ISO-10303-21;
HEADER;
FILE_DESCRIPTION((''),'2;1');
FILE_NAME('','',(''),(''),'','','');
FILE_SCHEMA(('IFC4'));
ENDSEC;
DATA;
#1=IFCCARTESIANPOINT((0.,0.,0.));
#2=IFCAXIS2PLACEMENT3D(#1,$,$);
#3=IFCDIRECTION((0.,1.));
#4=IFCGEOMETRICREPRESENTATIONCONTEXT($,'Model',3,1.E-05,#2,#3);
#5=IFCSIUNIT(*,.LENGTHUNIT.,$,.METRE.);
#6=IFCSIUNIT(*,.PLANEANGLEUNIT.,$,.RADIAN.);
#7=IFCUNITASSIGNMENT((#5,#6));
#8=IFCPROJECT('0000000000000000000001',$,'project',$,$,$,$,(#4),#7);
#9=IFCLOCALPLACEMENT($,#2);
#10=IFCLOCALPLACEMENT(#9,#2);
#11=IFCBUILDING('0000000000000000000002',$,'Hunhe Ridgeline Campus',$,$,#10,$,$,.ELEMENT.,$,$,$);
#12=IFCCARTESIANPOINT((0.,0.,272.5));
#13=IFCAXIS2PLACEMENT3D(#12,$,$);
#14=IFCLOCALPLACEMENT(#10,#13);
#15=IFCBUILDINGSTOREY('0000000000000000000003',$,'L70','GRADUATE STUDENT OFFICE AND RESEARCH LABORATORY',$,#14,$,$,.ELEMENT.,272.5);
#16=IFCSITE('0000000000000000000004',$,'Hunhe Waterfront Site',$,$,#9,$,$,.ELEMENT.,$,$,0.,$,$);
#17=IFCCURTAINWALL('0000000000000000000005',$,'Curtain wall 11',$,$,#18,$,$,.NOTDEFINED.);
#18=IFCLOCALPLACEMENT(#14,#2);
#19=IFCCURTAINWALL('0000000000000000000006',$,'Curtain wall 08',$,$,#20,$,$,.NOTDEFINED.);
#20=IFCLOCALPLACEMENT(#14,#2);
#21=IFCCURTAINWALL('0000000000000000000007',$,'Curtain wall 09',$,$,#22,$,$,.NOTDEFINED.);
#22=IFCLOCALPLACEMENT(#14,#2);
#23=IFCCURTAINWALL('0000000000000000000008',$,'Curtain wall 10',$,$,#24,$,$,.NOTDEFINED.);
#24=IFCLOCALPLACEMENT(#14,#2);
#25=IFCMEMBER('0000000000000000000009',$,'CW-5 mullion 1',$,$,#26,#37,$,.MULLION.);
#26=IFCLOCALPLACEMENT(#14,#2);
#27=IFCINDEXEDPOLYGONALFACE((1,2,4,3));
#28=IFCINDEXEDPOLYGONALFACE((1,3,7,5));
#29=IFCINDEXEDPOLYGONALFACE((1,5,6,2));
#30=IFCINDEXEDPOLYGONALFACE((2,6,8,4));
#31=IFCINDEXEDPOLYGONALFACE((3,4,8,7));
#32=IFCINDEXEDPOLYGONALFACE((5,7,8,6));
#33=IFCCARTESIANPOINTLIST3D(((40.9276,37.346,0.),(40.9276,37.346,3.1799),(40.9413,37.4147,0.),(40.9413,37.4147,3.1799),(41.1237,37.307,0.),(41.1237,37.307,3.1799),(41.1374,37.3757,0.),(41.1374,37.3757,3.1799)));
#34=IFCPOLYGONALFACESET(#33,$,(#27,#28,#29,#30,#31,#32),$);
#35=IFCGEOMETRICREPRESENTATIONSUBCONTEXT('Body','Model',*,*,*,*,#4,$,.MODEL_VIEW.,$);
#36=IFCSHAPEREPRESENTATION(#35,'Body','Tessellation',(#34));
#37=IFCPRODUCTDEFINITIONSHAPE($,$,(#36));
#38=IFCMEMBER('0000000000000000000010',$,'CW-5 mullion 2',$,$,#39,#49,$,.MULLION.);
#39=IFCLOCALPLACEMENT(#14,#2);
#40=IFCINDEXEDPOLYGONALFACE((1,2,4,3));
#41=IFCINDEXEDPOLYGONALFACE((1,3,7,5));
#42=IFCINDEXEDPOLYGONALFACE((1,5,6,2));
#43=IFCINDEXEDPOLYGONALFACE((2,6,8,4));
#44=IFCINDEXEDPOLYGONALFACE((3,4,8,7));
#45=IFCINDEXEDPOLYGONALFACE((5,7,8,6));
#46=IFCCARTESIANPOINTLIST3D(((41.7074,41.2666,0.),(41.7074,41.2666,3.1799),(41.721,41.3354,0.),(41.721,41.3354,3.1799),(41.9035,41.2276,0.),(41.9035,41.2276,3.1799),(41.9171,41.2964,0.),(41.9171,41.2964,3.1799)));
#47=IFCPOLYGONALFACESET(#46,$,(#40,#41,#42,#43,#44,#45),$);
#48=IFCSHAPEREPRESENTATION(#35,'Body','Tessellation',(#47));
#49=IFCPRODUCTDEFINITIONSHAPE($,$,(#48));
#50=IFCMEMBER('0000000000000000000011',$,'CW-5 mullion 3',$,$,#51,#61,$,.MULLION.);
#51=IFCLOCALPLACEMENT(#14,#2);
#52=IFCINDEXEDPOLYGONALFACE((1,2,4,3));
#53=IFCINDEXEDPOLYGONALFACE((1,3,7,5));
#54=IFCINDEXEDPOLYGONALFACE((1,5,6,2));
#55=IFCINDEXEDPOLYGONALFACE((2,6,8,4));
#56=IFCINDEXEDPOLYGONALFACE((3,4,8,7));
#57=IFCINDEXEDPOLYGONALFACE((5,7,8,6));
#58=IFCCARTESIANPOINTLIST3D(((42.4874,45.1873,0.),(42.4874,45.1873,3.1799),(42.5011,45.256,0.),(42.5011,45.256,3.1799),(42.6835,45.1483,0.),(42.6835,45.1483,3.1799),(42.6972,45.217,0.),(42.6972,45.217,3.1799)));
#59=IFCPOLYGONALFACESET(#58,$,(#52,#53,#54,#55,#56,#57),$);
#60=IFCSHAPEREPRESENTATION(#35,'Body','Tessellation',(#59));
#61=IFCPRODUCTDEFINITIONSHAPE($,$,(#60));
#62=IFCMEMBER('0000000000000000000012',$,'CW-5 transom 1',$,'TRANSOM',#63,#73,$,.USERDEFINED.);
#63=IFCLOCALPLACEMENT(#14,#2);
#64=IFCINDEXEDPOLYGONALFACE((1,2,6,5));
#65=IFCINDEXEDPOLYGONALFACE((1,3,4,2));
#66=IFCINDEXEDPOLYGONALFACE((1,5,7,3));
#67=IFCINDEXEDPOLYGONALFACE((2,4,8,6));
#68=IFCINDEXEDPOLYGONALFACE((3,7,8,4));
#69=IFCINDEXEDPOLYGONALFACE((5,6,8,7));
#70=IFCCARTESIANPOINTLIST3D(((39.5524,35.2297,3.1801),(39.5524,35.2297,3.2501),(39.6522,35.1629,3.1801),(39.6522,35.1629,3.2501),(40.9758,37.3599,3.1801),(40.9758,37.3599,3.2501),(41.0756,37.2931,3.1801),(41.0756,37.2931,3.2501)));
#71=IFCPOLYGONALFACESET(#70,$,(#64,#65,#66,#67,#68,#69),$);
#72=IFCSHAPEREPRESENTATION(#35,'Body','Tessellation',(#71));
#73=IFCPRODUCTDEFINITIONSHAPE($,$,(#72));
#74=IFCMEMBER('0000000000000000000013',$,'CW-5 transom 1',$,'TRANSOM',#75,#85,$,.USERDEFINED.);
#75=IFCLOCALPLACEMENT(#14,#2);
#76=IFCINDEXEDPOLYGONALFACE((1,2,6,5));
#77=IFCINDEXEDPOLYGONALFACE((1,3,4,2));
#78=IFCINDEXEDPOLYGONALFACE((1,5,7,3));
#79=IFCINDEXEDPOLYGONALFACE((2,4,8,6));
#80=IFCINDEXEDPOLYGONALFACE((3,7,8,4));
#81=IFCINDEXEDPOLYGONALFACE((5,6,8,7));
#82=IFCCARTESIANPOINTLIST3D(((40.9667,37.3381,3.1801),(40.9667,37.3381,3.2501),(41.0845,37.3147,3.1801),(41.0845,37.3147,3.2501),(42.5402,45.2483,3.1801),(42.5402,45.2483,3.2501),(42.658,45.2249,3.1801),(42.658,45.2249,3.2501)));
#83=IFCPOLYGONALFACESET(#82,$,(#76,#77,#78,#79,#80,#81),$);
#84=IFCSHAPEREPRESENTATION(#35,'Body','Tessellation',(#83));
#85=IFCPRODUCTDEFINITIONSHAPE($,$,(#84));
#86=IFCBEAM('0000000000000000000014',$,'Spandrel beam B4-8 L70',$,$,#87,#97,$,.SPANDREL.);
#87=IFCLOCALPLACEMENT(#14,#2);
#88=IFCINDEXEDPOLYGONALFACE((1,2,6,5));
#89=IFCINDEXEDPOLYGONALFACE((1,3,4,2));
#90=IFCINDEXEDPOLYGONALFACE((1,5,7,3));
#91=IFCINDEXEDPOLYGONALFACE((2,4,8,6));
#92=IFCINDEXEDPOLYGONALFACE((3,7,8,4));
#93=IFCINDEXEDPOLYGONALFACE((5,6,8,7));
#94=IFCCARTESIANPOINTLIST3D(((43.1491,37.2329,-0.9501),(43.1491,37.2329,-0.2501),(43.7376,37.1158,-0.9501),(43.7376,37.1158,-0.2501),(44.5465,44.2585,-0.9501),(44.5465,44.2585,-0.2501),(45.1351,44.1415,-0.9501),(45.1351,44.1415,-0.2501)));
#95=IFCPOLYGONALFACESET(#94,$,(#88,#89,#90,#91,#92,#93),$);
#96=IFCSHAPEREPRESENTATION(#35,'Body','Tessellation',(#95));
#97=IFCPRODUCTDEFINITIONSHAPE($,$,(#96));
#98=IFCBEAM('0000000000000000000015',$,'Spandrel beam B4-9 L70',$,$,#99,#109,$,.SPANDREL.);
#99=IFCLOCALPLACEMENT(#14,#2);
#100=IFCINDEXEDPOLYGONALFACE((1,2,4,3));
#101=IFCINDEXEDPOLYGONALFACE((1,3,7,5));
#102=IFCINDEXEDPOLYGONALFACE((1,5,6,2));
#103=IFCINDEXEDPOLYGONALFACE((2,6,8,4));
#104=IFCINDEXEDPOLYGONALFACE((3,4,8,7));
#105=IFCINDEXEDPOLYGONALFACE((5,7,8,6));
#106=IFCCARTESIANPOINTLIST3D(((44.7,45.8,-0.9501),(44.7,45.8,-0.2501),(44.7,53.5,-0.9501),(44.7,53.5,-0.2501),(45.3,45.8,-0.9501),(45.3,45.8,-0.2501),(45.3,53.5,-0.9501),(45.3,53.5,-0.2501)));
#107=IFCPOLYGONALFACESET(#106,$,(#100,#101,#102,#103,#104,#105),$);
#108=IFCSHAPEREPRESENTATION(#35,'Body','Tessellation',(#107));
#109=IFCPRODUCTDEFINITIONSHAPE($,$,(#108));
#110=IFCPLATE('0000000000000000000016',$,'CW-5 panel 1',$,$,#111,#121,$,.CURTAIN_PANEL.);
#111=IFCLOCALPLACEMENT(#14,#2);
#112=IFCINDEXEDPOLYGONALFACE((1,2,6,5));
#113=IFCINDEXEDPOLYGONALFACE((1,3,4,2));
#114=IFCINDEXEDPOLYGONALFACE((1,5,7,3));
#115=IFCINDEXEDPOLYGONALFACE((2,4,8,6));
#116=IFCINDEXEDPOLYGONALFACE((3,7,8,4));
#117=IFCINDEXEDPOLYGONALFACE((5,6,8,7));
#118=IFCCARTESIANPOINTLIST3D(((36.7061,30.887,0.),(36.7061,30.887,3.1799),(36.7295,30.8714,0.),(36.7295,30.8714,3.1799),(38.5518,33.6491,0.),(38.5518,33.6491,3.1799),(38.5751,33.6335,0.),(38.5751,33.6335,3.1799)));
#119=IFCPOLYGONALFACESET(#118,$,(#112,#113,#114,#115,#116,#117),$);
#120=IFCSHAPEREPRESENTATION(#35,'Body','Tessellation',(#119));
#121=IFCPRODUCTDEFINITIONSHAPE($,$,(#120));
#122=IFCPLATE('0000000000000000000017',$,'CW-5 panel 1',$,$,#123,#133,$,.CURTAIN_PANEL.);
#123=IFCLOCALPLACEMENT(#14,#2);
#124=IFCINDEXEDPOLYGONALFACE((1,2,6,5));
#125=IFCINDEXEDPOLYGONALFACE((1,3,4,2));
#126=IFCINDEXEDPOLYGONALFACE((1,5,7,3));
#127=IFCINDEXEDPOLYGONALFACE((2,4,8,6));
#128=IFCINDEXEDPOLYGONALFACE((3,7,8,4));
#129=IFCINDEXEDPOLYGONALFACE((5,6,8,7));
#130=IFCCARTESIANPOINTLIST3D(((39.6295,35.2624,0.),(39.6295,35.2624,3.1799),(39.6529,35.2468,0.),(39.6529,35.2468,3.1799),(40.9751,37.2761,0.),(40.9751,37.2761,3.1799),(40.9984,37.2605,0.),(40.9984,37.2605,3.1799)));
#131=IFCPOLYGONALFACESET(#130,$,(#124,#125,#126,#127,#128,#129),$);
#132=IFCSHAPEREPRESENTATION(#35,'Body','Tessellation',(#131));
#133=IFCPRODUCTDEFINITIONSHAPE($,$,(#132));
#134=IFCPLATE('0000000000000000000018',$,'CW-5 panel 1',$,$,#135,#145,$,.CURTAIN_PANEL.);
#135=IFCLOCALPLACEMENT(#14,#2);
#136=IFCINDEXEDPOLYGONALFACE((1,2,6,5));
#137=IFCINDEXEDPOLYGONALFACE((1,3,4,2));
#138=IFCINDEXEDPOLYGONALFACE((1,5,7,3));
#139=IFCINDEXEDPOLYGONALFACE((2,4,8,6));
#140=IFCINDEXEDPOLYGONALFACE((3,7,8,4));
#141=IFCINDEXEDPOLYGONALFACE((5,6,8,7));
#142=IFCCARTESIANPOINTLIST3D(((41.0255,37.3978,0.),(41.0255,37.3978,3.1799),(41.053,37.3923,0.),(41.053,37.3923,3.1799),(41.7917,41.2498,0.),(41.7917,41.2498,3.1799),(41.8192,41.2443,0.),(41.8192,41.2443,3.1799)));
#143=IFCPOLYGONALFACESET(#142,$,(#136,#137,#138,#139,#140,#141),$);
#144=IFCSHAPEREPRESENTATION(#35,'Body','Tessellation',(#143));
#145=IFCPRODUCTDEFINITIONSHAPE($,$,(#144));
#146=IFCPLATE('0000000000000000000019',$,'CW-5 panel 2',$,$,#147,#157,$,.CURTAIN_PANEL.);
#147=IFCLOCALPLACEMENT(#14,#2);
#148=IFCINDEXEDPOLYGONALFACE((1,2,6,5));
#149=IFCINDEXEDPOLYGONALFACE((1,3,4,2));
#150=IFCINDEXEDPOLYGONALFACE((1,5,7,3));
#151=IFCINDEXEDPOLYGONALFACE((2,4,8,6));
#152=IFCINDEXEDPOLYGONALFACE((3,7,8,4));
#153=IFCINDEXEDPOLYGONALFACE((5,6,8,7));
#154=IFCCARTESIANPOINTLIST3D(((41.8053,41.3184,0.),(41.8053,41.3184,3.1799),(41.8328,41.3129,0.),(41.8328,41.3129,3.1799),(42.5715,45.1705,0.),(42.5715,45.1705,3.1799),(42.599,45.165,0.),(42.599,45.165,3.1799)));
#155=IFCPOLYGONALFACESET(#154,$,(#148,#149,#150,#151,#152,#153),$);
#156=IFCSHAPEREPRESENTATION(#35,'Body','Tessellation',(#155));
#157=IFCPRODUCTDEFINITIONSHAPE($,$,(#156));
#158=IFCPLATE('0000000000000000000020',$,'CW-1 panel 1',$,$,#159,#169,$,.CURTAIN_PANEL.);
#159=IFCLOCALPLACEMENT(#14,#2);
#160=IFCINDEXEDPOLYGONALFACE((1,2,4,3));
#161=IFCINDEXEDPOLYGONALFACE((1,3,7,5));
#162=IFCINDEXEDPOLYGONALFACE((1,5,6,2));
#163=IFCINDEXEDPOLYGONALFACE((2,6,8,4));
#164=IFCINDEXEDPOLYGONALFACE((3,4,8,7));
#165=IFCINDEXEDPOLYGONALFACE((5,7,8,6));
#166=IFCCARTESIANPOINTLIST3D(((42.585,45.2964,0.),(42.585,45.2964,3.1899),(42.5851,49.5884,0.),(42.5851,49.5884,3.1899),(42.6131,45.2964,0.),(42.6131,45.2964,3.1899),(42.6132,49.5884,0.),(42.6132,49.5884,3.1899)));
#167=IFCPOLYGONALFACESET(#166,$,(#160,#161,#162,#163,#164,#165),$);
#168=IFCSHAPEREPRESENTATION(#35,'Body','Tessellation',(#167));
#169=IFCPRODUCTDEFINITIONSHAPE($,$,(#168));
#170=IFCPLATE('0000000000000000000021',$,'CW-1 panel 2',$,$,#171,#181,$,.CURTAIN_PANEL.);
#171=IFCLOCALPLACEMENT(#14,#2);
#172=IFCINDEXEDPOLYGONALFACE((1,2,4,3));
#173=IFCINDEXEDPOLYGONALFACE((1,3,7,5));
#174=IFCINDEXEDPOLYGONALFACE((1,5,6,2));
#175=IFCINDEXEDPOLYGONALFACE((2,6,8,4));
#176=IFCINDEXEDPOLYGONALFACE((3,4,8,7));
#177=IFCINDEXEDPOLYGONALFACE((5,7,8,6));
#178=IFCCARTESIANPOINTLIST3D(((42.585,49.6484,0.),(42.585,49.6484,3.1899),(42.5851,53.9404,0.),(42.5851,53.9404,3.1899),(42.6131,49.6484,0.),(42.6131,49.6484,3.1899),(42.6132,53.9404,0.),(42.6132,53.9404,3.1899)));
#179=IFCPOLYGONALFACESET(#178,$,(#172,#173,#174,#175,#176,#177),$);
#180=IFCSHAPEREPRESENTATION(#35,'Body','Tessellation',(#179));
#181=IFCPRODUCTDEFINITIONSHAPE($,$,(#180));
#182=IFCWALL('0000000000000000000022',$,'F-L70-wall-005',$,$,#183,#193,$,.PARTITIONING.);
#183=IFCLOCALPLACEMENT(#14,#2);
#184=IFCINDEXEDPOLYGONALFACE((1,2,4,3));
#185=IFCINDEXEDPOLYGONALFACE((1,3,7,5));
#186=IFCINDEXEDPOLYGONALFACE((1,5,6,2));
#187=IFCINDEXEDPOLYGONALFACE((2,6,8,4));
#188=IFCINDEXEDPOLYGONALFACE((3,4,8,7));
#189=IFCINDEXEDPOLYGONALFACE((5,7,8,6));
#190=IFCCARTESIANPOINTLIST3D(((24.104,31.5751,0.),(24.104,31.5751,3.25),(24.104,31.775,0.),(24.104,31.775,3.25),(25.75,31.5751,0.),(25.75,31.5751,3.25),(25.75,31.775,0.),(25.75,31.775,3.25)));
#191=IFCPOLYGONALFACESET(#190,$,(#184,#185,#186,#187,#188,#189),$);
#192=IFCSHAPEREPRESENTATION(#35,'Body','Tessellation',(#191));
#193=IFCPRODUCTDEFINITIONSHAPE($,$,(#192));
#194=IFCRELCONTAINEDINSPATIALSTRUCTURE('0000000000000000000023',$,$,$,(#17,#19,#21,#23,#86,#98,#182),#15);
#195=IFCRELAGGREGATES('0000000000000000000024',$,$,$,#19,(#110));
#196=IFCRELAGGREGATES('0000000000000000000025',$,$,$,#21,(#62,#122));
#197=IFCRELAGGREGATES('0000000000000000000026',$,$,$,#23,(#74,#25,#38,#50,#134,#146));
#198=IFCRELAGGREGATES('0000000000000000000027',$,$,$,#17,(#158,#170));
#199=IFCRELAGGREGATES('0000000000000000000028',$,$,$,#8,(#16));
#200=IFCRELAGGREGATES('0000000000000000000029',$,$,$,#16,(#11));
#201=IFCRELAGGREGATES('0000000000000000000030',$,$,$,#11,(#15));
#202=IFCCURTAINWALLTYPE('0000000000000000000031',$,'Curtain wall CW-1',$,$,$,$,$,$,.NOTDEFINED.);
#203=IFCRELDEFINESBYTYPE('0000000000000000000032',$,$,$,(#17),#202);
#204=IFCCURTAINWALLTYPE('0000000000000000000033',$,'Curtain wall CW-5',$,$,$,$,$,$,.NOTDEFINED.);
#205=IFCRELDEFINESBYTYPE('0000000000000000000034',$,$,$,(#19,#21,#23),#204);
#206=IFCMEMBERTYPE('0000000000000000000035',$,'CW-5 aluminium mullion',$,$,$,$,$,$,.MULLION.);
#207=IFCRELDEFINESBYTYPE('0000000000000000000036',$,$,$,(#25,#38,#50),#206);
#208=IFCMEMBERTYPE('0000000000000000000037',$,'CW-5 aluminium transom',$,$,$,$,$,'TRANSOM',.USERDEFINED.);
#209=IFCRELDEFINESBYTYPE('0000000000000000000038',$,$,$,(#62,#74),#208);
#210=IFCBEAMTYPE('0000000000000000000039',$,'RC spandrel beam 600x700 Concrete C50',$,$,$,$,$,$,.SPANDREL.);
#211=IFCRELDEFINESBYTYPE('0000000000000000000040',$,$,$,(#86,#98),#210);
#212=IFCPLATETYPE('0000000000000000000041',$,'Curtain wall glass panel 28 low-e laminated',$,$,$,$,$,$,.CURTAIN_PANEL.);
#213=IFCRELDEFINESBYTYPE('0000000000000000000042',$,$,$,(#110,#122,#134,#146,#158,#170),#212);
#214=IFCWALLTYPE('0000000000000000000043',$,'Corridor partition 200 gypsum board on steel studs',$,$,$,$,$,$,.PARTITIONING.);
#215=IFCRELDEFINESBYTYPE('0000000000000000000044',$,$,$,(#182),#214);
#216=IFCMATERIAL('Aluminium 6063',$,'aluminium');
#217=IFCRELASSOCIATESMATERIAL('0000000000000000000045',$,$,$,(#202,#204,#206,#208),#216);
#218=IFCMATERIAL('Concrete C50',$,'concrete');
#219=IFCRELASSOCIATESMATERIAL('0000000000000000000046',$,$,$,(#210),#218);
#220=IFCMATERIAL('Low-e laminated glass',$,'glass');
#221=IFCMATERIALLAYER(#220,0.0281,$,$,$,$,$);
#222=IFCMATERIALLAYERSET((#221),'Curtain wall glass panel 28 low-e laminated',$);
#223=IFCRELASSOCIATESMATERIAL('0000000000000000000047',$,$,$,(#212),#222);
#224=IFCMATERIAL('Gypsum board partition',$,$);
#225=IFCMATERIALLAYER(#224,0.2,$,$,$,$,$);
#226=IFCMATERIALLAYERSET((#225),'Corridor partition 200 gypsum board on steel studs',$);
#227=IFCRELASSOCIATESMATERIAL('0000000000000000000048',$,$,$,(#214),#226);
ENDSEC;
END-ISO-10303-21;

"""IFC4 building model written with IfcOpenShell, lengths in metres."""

from ifc_helpers import new_model, si_unit, direction, frame, frame_2d, origin, origin_2d, place, context, subcontext, project, spatial, rectangle, extrude, material, layer, layer_set, material_profile, profile_set, type_object, element, aggregate, save


model = new_model("IFC4")

# Units and contexts
model_context = context("Model", 3, precision=1e-05, world=origin(), true_north=direction((0.0, 1.0)))
body_context = subcontext(model_context, "Body", "Model", "MODEL_VIEW")
ifc_project = project(units=[si_unit("LENGTHUNIT", "METRE"), si_unit("PLANEANGLEUNIT", "RADIAN")], contexts=[model_context])

# Site, building, storey
site_placement = place(None, origin())
site = spatial("IfcSite", under=ifc_project, at=site_placement, Name="Hunhe Waterfront Site", CompositionType="ELEMENT", RefElevation=0.0)
building_placement = place(site_placement, origin())
building = spatial("IfcBuilding", under=site, at=building_placement, Name="Hunhe Ridgeline Campus", CompositionType="ELEMENT")
storey_placement = place(building_placement, frame((0.0, 0.0, 272.5)))
storey = spatial("IfcBuildingStorey", under=building, at=storey_placement, Name="L70", Description="GRADUATE STUDENT OFFICE AND RESEARCH LABORATORY", CompositionType="ELEMENT", Elevation=272.5)

# Curtain wall
ifc_material_1 = material(Name="Aluminium 6063", Category="aluminium")
curtain_wall_type_1 = type_object("IfcCurtainWallType", Name="Curtain wall CW-1", PredefinedType="NOTDEFINED", material=ifc_material_1)
curtain_wall_1_placement = place(storey_placement, origin())
curtain_wall_1 = element("IfcCurtainWall", 1, at=curtain_wall_1_placement, inside=storey, type_object=curtain_wall_type_1, Name="Curtain wall 11", PredefinedType="NOTDEFINED")

# Curtain wall
curtain_wall_type_2 = type_object("IfcCurtainWallType", Name="Curtain wall CW-5", PredefinedType="NOTDEFINED", material=ifc_material_1)
curtain_wall_2_placement = place(storey_placement, origin())
curtain_wall_2 = element("IfcCurtainWall", 2, at=curtain_wall_2_placement, inside=storey, type_object=curtain_wall_type_2, Name="Curtain wall 08", PredefinedType="NOTDEFINED")
ifc_material_profile_1 = material_profile(ifc_material_1, rectangle(XDim=0.2, YDim=0.0701, at=origin_2d()))
ifc_profile_set_1 = profile_set([ifc_material_profile_1], Name="Aluminium 6063")
member_type_1 = type_object("IfcMemberType", Name="CW-5 aluminium mullion", PredefinedType="MULLION", material=ifc_profile_set_1)

# Curtain walls, members
curtain_wall_3_placement = place(storey_placement, origin())
curtain_wall_3 = element("IfcCurtainWall", 3, at=curtain_wall_3_placement, inside=storey, type_object=curtain_wall_type_2, Name="Curtain wall 09", PredefinedType="NOTDEFINED")
curtain_wall_4_placement = place(storey_placement, origin())
curtain_wall_4 = element("IfcCurtainWall", 4, at=curtain_wall_4_placement, inside=storey, type_object=curtain_wall_type_2, Name="Curtain wall 10", PredefinedType="NOTDEFINED")
member_1_placement = place(storey_placement, frame((41.0325, 37.3608, 0.0), z_axis=(0.0, 0.0, 1.0), x_axis=(-0.980785, 0.19509, 0.0)))
member_1 = element("IfcMember", 5, at=member_1_placement, type_object=member_type_1, Name="CW-5 mullion 1", PredefinedType="MULLION", context=body_context, shape_type="SweptSolid", body=[
    extrude(rectangle(XDim=0.2, YDim=0.0701, at=origin_2d()), origin(), (0.0, 0.0, 1.0), 3.1799),
])
member_2_placement = place(storey_placement, frame((41.8123, 41.2815, 0.0), z_axis=(0.0, 0.0, 1.0), x_axis=(-0.980785, 0.19509, 0.0)))
member_2 = element("IfcMember", 6, at=member_2_placement, type_object=member_type_1, Name="CW-5 mullion 2", PredefinedType="MULLION", context=body_context, shape_type="SweptSolid", body=[
    extrude(rectangle(XDim=0.2, YDim=0.0701, at=origin_2d()), origin(), (0.0, 0.0, 1.0), 3.1799),
])
member_3_placement = place(storey_placement, frame((42.5923, 45.2021, 0.0), z_axis=(0.0, 0.0, 1.0), x_axis=(-0.980785, 0.19509, 0.0)))
member_3 = element("IfcMember", 7, at=member_3_placement, type_object=member_type_1, Name="CW-5 mullion 3", PredefinedType="MULLION", context=body_context, shape_type="SweptSolid", body=[
    extrude(rectangle(XDim=0.2, YDim=0.0701, at=origin_2d()), origin(), (0.0, 0.0, 1.0), 3.1799),
])

# Members
ifc_material_profile_2 = material_profile(ifc_material_1, rectangle(XDim=0.1201, YDim=0.0701, at=origin_2d()))
ifc_profile_set_2 = profile_set([ifc_material_profile_2], Name="Aluminium 6063")
member_type_2 = type_object("IfcMemberType", Name="CW-5 aluminium transom", ElementType="TRANSOM", PredefinedType="USERDEFINED", material=ifc_profile_set_2)
member_4_placement = place(storey_placement, frame((39.6023, 35.1963, 3.2151), z_axis=(0.55558, 0.831463, 0.0), x_axis=(-0.831463, 0.55558, 0.0)))
member_4 = element("IfcMember", 8, at=member_4_placement, type_object=member_type_2, Name="CW-5 transom 1", ObjectType="TRANSOM", PredefinedType="USERDEFINED", context=body_context, shape_type="SweptSolid", body=[
    extrude(rectangle(XDim=0.1201, YDim=0.0701, at=origin_2d()), origin(), (0.0, 0.0, 1.0), 2.562),
])
member_5_placement = place(storey_placement, frame((41.0256, 37.3264, 3.2151), z_axis=(0.195097, 0.980784, 0.0), x_axis=(-0.980784, 0.195097, 0.0)))
member_5 = element("IfcMember", 9, at=member_5_placement, type_object=member_type_2, Name="CW-5 transom 1", ObjectType="TRANSOM", PredefinedType="USERDEFINED", context=body_context, shape_type="SweptSolid", body=[
    extrude(rectangle(XDim=0.1201, YDim=0.0701, at=origin_2d()), origin(), (0.0, 0.0, 1.0), 8.0652),
])

# Beams
ifc_material_2 = material(Name="Concrete C50", Category="concrete")
ifc_material_profile_3 = material_profile(ifc_material_2, rectangle(XDim=0.6001, YDim=0.7, at=origin_2d()))
ifc_profile_set_3 = profile_set([ifc_material_profile_3], Name="Concrete C50")
beam_type = type_object("IfcBeamType", Name="RC spandrel beam 600x700 Concrete C50", PredefinedType="SPANDREL", material=ifc_profile_set_3)
beam_1_placement = place(storey_placement, frame((43.4434, 37.1743, -0.6001), z_axis=(0.195087, 0.980786, 0.0), x_axis=(-0.980786, 0.195087, 0.0)))
element("IfcBeam", 10, at=beam_1_placement, inside=storey, type_object=beam_type, Name="Spandrel beam B4-8 L70", PredefinedType="SPANDREL", context=body_context, shape_type="SweptSolid", body=[
    extrude(rectangle(XDim=0.6001, YDim=0.7, at=origin_2d()), origin(), (0.0, 0.0, 1.0), 7.1633),
])
beam_2_placement = place(storey_placement, frame((45.0, 45.8, -0.6001), z_axis=(0.0, 1.0, 0.0), x_axis=(-1.0, 0.0, 0.0)))
element("IfcBeam", 11, at=beam_2_placement, inside=storey, type_object=beam_type, Name="Spandrel beam B4-9 L70", PredefinedType="SPANDREL", context=body_context, shape_type="SweptSolid", body=[
    extrude(rectangle(XDim=0.6001, YDim=0.7, at=origin_2d()), origin(), (0.0, 0.0, 1.0), 7.7),
])

# Plates
ifc_material_3 = material(Name="Low-e laminated glass", Category="glass")
ifc_layer_1 = layer(ifc_material_3, 0.0281)
ifc_layer_set_1 = layer_set([ifc_layer_1], Name="Curtain wall glass panel 28 low-e laminated")
plate_type = type_object("IfcPlateType", Name="Curtain wall glass panel 28 low-e laminated", PredefinedType="CURTAIN_PANEL", material=ifc_layer_set_1)
plate_1_placement = place(storey_placement, frame((37.6406, 32.2603, 0.0), z_axis=(0.0, 0.0, 1.0), x_axis=(0.55557, 0.83147, 0.0)))
plate_1 = element("IfcPlate", 12, at=plate_1_placement, type_object=plate_type, Name="CW-5 panel 1", PredefinedType="CURTAIN_PANEL", context=body_context, shape_type="SweptSolid", body=[
    extrude(rectangle(XDim=3.322, YDim=0.0281, at=origin_2d()), origin(), (0.0, 0.0, 1.0), 3.1799),
])
aggregate(curtain_wall_2, [plate_1])
plate_2_placement = place(storey_placement, frame((40.314, 36.2615, 0.0), z_axis=(0.0, 0.0, 1.0), x_axis=(0.55557, 0.83147, 0.0)))
plate_2 = element("IfcPlate", 13, at=plate_2_placement, type_object=plate_type, Name="CW-5 panel 1", PredefinedType="CURTAIN_PANEL", context=body_context, shape_type="SweptSolid", body=[
    extrude(rectangle(XDim=2.4219, YDim=0.0281, at=origin_2d()), origin(), (0.0, 0.0, 1.0), 3.1799),
])
aggregate(curtain_wall_3, [member_4, plate_2])
plate_3_placement = place(storey_placement, frame((41.4224, 39.321, 0.0), z_axis=(0.0, 0.0, 1.0), x_axis=(0.19509, 0.980785, 0.0)))
plate_3 = element("IfcPlate", 14, at=plate_3_placement, type_object=plate_type, Name="CW-5 panel 1", PredefinedType="CURTAIN_PANEL", context=body_context, shape_type="SweptSolid", body=[
    extrude(rectangle(XDim=3.9275, YDim=0.0281, at=origin_2d()), origin(), (0.0, 0.0, 1.0), 3.1799),
])
plate_4_placement = place(storey_placement, frame((42.2021, 43.2417, 0.0), z_axis=(0.0, 0.0, 1.0), x_axis=(0.19509, 0.980785, 0.0)))
plate_4 = element("IfcPlate", 15, at=plate_4_placement, type_object=plate_type, Name="CW-5 panel 2", PredefinedType="CURTAIN_PANEL", context=body_context, shape_type="SweptSolid", body=[
    extrude(rectangle(XDim=3.9275, YDim=0.0281, at=origin_2d()), origin(), (0.0, 0.0, 1.0), 3.1799),
])
aggregate(curtain_wall_4, [member_5, member_1, member_2, member_3, plate_3, plate_4])
plate_5_placement = place(storey_placement, frame((42.5991, 47.4424, 0.0), z_axis=(0.0, 0.0, 1.0), x_axis=(0.000019, 1.0, 0.0)))
plate_5 = element("IfcPlate", 16, at=plate_5_placement, type_object=plate_type, Name="CW-1 panel 1", PredefinedType="CURTAIN_PANEL", context=body_context, shape_type="SweptSolid", body=[
    extrude(rectangle(XDim=4.292, YDim=0.0281, at=origin_2d()), origin(), (0.0, 0.0, 1.0), 3.1899),
])
plate_6_placement = place(storey_placement, frame((42.5991, 51.7944, 0.0), z_axis=(0.0, 0.0, 1.0), x_axis=(0.000019, 1.0, 0.0)))
plate_6 = element("IfcPlate", 17, at=plate_6_placement, type_object=plate_type, Name="CW-1 panel 2", PredefinedType="CURTAIN_PANEL", context=body_context, shape_type="SweptSolid", body=[
    extrude(rectangle(XDim=4.292, YDim=0.0281, at=origin_2d()), origin(), (0.0, 0.0, 1.0), 3.1899),
])
aggregate(curtain_wall_1, [plate_5, plate_6])

# Wall
ifc_material_4 = material(Name="Gypsum board partition")
ifc_layer_2 = layer(ifc_material_4, 0.2)
ifc_layer_set_2 = layer_set([ifc_layer_2], Name="Corridor partition 200 gypsum board on steel studs")
wall_type_1 = type_object("IfcWallType", Name="Corridor partition 200 gypsum board on steel studs", PredefinedType="PARTITIONING", material=ifc_layer_set_2)
wall_1_placement = place(storey_placement, frame((24.104, 31.675, 0.0), z_axis=(0.0, 0.0, 1.0), x_axis=(1.0, 0.0, 0.0)))
element("IfcWall", 18, at=wall_1_placement, inside=storey, type_object=wall_type_1, Name="F-L70-wall-005", PredefinedType="PARTITIONING", context=body_context, shape_type="SweptSolid", body=[
    extrude(rectangle(XDim=1.646, YDim=0.2, at=frame_2d((0.823, 0.0))), origin(), (0.0, 0.0, 1.0), 3.25),
])

save(model, "model.ifc")
